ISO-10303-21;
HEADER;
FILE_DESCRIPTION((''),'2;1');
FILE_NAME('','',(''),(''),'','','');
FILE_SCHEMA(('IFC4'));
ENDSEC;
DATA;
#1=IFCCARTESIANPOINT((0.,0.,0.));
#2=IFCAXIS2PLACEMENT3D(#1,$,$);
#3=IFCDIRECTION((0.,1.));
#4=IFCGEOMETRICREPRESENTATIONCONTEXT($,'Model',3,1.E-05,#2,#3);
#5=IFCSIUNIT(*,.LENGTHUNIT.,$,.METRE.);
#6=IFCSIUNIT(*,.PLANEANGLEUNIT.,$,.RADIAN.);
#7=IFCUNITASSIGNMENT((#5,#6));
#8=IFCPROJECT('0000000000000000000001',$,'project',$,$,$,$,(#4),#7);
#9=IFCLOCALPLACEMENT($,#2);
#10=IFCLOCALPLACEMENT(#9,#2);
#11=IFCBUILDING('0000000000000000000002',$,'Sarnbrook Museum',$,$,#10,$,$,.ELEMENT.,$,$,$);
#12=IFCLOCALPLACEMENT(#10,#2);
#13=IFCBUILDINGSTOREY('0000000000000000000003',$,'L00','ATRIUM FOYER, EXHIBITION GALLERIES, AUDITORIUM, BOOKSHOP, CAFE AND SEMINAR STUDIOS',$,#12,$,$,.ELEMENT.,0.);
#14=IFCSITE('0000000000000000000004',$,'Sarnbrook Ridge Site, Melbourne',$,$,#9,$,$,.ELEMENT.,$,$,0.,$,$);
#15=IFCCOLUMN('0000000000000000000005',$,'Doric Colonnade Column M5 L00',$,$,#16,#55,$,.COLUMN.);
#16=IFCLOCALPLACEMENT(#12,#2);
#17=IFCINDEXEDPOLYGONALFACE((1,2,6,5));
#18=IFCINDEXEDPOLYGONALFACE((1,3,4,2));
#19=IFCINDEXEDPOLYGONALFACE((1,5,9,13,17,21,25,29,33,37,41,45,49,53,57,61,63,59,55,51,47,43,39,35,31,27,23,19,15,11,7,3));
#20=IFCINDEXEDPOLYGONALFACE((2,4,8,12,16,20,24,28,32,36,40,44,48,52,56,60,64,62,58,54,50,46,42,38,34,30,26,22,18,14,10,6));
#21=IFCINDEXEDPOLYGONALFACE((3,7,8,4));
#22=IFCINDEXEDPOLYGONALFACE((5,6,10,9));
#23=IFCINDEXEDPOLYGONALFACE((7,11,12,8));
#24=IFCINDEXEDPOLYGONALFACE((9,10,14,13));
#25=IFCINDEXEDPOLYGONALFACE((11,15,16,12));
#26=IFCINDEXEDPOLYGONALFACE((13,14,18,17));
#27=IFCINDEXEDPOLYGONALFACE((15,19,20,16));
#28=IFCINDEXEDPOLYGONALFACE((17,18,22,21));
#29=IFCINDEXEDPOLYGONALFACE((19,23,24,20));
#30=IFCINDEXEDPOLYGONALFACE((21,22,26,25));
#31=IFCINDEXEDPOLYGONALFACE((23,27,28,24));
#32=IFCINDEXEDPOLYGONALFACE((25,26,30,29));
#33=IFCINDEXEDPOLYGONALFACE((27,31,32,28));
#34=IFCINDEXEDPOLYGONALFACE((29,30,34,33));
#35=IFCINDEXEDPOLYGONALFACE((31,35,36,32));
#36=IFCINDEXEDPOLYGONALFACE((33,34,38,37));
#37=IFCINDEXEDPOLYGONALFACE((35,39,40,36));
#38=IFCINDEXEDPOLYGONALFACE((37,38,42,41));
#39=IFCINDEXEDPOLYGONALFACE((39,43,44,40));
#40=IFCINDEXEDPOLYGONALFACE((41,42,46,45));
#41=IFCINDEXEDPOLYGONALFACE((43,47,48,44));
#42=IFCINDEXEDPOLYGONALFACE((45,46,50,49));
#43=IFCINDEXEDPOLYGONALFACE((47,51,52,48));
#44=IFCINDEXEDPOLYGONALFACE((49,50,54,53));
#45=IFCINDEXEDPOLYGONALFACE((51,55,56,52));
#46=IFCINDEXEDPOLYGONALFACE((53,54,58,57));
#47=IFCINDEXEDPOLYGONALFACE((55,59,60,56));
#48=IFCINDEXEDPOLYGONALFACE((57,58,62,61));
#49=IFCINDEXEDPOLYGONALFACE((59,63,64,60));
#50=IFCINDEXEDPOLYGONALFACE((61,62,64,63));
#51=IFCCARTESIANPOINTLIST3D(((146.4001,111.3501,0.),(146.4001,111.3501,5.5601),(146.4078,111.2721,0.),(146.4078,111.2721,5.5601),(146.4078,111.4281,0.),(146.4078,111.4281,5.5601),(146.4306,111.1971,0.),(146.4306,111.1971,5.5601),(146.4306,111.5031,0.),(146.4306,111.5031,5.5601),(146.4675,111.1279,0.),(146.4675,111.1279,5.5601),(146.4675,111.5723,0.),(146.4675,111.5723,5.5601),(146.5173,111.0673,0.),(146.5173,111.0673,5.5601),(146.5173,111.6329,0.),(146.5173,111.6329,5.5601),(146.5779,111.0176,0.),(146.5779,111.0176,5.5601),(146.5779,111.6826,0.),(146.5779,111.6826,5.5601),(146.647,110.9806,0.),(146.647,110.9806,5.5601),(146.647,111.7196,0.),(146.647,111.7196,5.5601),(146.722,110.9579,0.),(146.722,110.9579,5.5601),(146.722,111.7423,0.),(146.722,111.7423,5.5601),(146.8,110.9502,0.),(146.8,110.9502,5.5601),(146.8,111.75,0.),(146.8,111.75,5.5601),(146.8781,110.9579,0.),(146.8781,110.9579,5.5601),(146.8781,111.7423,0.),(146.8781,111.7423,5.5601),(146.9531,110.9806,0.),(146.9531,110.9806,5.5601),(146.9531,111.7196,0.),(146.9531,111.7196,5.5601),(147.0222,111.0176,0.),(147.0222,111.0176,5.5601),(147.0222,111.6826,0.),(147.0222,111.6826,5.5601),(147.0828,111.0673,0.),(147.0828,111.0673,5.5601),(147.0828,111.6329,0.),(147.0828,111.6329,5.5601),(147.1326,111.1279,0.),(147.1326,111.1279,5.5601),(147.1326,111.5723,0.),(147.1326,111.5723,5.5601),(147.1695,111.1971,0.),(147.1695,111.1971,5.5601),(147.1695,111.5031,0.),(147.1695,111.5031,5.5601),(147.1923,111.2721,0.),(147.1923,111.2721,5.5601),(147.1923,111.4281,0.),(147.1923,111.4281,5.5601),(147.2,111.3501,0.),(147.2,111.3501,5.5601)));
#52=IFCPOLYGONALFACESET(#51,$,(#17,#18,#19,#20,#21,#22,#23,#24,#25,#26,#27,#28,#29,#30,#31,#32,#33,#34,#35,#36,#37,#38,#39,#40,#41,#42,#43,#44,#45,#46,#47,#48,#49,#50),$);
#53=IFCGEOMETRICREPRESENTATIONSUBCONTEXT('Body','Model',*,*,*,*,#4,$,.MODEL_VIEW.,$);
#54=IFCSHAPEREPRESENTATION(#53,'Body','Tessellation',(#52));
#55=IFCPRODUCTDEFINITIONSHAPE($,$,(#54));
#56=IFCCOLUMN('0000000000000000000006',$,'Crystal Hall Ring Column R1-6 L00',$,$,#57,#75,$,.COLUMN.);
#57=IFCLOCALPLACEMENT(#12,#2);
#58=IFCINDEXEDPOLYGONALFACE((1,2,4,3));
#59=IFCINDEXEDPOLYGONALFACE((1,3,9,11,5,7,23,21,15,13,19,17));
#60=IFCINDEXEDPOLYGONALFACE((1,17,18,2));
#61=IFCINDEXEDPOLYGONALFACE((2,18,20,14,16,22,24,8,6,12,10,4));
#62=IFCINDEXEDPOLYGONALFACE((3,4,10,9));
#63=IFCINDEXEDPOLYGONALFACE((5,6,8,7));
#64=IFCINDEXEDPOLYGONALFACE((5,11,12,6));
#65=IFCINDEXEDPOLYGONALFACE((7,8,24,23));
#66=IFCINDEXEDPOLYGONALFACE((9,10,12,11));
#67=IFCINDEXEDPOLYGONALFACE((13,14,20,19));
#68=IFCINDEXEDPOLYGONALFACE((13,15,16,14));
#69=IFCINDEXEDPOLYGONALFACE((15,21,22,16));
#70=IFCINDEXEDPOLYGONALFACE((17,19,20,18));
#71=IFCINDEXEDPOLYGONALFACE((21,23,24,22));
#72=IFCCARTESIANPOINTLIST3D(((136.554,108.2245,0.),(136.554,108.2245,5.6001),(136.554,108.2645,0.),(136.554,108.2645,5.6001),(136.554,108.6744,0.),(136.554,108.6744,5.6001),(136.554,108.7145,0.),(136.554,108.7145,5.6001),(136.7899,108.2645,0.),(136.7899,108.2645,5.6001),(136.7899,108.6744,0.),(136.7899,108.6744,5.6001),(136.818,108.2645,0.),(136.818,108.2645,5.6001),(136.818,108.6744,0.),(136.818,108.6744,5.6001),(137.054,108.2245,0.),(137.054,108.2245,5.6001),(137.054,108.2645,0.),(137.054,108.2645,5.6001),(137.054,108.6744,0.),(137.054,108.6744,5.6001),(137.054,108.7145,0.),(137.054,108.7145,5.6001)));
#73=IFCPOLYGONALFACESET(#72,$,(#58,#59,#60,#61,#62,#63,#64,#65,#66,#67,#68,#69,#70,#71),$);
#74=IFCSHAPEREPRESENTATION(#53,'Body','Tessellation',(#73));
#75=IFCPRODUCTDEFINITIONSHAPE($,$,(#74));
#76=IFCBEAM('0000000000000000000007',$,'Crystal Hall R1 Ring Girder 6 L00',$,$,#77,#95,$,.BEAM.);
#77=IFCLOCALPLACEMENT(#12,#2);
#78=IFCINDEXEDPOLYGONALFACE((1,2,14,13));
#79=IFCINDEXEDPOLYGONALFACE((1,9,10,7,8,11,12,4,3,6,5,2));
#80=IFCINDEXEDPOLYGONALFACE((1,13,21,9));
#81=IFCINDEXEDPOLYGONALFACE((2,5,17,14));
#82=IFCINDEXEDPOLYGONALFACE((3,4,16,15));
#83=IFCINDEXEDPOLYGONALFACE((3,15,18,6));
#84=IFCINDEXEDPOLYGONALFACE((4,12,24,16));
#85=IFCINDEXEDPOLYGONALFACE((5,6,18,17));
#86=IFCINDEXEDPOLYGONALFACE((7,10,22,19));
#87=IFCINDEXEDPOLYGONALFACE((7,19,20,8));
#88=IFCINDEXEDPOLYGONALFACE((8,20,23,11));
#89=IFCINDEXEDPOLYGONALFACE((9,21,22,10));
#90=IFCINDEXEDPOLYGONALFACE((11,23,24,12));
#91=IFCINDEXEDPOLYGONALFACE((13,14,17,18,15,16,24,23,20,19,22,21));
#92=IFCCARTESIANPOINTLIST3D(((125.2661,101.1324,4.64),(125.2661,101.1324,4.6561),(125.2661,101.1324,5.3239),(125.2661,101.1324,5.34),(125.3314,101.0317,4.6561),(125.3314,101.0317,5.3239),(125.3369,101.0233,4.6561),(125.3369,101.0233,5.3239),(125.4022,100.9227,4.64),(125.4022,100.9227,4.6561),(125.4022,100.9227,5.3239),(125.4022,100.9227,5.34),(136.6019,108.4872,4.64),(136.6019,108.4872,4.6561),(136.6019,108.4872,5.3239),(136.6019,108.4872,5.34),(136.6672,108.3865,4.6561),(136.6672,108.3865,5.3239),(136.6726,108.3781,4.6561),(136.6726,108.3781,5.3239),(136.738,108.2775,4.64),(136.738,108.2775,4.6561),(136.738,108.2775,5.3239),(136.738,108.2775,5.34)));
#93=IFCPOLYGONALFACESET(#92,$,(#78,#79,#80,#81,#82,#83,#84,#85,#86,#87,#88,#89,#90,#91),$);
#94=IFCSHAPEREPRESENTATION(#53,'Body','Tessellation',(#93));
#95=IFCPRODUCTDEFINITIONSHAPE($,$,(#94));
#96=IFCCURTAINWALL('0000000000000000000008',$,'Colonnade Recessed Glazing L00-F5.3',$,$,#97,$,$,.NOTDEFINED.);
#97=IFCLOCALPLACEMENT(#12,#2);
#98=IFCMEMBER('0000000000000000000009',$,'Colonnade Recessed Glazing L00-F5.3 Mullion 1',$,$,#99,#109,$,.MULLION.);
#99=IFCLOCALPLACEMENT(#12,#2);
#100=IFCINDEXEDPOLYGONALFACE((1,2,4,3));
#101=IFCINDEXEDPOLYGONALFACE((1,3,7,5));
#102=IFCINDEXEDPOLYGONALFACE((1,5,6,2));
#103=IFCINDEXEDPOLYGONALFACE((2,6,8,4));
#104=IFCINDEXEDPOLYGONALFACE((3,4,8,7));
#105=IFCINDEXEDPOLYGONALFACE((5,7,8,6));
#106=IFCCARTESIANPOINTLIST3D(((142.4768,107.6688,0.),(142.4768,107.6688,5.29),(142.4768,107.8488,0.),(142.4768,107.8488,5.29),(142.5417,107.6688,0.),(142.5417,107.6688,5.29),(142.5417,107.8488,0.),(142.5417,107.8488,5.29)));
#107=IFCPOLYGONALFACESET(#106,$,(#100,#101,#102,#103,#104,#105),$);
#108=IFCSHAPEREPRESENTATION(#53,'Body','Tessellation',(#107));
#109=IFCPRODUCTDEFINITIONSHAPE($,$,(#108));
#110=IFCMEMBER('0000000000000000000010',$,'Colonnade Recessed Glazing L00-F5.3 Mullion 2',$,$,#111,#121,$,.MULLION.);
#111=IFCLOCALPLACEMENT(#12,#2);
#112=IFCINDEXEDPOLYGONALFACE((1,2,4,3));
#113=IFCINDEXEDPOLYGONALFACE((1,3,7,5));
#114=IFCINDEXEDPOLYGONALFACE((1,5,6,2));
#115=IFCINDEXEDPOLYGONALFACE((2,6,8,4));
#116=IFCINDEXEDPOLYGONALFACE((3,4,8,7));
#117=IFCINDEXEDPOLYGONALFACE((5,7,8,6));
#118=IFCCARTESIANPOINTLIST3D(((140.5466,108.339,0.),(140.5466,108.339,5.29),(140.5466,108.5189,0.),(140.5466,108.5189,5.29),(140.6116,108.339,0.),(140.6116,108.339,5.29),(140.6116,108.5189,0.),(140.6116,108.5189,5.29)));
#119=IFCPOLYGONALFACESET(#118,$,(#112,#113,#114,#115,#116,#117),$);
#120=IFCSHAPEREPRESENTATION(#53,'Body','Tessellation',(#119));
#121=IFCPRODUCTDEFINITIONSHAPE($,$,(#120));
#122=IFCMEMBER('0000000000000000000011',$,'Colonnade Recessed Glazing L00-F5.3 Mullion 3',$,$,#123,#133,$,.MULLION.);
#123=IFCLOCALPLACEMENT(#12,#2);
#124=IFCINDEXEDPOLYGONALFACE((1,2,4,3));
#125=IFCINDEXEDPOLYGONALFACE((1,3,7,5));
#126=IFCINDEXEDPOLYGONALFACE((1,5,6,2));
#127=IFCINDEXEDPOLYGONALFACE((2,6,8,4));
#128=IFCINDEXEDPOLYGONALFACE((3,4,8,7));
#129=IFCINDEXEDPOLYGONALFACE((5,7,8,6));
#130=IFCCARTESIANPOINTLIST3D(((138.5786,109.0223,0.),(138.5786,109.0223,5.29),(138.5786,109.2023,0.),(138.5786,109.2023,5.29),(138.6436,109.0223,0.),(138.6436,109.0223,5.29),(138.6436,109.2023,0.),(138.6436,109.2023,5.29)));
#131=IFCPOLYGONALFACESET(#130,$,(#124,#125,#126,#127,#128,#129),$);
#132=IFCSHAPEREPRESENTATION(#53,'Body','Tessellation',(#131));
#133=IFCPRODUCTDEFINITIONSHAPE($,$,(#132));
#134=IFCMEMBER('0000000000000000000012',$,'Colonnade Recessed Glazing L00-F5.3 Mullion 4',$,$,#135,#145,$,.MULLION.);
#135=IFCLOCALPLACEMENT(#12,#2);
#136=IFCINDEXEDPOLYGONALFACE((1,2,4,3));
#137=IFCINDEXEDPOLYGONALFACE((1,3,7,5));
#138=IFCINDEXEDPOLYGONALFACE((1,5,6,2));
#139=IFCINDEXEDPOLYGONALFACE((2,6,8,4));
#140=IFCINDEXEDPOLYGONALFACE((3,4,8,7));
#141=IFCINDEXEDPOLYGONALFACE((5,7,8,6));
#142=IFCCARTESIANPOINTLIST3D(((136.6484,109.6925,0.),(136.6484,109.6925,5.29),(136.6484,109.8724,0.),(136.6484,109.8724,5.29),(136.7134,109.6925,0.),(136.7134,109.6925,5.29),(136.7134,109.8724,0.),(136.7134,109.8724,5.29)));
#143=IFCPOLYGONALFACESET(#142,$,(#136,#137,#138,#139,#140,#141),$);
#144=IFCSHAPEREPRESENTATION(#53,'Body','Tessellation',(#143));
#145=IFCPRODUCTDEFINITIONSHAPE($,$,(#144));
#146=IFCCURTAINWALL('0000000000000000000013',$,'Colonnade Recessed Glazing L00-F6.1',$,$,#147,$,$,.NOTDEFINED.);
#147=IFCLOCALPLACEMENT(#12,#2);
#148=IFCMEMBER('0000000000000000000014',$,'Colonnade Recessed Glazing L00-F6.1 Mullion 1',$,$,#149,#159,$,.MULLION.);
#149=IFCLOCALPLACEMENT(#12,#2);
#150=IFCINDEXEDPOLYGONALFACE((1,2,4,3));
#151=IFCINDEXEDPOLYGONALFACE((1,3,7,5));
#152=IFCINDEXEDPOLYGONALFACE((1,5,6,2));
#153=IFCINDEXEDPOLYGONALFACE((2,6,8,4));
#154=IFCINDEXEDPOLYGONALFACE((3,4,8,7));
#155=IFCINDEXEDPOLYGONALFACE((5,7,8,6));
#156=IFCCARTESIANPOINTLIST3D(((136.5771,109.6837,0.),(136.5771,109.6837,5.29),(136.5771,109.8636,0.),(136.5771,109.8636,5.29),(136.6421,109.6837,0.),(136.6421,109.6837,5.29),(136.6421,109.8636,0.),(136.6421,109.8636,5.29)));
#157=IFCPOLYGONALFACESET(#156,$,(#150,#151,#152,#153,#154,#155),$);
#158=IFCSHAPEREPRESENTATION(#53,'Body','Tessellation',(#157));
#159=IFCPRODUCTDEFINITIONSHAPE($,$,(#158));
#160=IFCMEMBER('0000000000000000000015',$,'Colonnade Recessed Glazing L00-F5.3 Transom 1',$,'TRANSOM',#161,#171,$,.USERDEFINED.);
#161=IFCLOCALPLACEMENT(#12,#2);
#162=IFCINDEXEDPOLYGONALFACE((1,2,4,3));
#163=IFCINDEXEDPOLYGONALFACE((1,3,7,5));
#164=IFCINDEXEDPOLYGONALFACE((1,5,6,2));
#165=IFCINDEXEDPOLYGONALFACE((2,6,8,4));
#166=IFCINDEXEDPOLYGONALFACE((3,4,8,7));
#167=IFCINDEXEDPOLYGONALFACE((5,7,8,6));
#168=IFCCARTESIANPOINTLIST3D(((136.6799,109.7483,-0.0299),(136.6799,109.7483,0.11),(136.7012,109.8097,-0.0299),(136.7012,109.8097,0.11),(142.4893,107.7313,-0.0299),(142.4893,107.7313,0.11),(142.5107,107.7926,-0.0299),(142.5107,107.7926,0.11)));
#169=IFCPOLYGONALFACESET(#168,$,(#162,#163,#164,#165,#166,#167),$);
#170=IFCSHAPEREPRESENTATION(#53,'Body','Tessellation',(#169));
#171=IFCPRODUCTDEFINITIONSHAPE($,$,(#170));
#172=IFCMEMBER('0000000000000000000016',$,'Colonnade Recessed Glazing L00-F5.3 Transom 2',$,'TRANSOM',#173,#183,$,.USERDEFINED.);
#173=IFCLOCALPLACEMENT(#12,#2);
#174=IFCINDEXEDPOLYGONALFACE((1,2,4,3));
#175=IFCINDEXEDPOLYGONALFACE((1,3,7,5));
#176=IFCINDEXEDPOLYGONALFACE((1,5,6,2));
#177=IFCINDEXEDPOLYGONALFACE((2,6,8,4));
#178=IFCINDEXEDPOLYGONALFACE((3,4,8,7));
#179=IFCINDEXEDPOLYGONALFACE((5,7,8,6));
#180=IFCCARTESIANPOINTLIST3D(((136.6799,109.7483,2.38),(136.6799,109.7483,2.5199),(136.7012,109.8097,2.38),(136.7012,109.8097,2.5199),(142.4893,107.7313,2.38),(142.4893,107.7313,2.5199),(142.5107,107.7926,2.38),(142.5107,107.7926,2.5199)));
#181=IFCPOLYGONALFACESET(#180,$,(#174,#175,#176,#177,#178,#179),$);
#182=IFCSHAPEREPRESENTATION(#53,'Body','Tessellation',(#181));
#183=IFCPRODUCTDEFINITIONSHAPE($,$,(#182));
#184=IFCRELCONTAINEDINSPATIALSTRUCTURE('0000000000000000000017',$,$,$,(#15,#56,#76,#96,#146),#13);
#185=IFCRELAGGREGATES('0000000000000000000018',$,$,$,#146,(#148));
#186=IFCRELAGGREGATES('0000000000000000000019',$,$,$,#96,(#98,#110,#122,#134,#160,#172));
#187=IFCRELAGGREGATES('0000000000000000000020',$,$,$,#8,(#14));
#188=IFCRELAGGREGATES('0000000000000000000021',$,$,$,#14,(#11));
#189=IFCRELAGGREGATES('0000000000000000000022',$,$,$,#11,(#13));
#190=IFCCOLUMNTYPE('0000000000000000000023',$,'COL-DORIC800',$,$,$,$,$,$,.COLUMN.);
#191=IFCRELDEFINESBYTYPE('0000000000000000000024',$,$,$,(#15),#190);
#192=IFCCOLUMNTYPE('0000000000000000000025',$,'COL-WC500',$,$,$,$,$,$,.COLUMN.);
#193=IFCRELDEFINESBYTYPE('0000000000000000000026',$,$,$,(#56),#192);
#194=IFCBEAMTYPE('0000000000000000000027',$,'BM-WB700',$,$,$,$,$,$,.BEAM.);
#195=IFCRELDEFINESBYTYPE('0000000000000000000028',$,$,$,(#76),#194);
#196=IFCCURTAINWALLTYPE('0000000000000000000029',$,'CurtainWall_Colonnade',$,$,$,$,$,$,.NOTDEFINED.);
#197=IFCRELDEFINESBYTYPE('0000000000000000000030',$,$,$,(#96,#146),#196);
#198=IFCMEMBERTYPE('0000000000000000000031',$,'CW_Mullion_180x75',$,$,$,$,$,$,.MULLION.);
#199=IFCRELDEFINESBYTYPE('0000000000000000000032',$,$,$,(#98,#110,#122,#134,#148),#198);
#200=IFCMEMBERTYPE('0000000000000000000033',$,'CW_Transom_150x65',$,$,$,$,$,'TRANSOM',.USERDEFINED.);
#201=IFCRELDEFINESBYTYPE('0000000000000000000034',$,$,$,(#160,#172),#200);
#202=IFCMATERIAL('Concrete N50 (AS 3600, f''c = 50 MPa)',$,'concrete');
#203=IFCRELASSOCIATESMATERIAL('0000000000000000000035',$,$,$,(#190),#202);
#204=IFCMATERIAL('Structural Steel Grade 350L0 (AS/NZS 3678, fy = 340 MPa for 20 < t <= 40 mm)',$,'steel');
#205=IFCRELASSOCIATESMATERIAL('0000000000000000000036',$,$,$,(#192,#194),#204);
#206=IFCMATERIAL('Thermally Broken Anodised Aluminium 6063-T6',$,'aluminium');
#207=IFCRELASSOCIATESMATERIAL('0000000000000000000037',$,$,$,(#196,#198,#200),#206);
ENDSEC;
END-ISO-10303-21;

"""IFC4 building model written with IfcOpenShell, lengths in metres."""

from ifc_helpers import new_model, si_unit, direction, frame, origin, origin_2d, place, context, subcontext, project, spatial, rectangle, circle, i_section, extrude, material, material_profile, profile_set, type_object, element, aggregate, save


model = new_model("IFC4")

# Units and contexts
model_context = context("Model", 3, precision=1e-05, world=origin(), true_north=direction((0.0, 1.0)))
body_context = subcontext(model_context, "Body", "Model", "MODEL_VIEW")
ifc_project = project(units=[si_unit("LENGTHUNIT", "METRE"), si_unit("PLANEANGLEUNIT", "RADIAN")], contexts=[model_context])

# Site, building, storey
site_placement = place(None, origin())
site = spatial("IfcSite", under=ifc_project, at=site_placement, Name="Sarnbrook Ridge Site, Melbourne", CompositionType="ELEMENT", RefElevation=0.0)
building_placement = place(site_placement, origin())
building = spatial("IfcBuilding", under=site, at=building_placement, Name="Sarnbrook Museum", CompositionType="ELEMENT")
storey_placement = place(building_placement, origin())
storey = spatial("IfcBuildingStorey", under=building, at=storey_placement, Name="L00", Description="ATRIUM FOYER, EXHIBITION GALLERIES, AUDITORIUM, BOOKSHOP, CAFE AND SEMINAR STUDIOS", CompositionType="ELEMENT", Elevation=0.0)

# Columns
ifc_material_1 = material(Name="Concrete N50 (AS 3600, f'c = 50 MPa)", Category="concrete")
ifc_material_profile_1 = material_profile(ifc_material_1, circle(Radius=0.3999, at=origin_2d()), Name="DORIC D800")
ifc_profile_set_1 = profile_set([ifc_material_profile_1], Name="Concrete N50 (AS 3600, f'c = 50 MPa)")
column_type_1 = type_object("IfcColumnType", Name="COL-DORIC800", PredefinedType="COLUMN", material=ifc_profile_set_1)
column_1_placement = place(storey_placement, frame((146.8, 111.3501, 0.0), z_axis=(0.0, 0.0, 1.0), x_axis=(1.0, 0.0, 0.0)))
element("IfcColumn", 1, at=column_1_placement, inside=storey, type_object=column_type_1, Name="Doric Colonnade Column M5 L00", PredefinedType="COLUMN", context=body_context, shape_type="SweptSolid", body=[
    extrude(circle(Radius=0.3999, at=origin_2d()), origin(), (0.0, 0.0, 1.0), 5.5601),
])
ifc_material_2 = material(Name="Structural Steel Grade 350L0 (AS/NZS 3678, fy = 340 MPa for 20 < t <= 40 mm)", Category="steel")
ifc_material_profile_2 = material_profile(ifc_material_2, i_section(OverallWidth=0.5, OverallDepth=0.49, WebThickness=0.0281, FlangeThickness=0.04, at=origin_2d()), Name="500WC340")
ifc_profile_set_2 = profile_set([ifc_material_profile_2], Name="Structural Steel Grade 350L0 (AS/NZS 3678, fy = 340 MPa for 20 < t <= 40 mm)")
column_type_2 = type_object("IfcColumnType", Name="COL-WC500", PredefinedType="COLUMN", material=ifc_profile_set_2)
column_2_placement = place(storey_placement, frame((136.804, 108.4695, 0.0), z_axis=(0.0, 0.0, 1.0), x_axis=(1.0, 0.0, 0.0)))
element("IfcColumn", 2, at=column_2_placement, inside=storey, type_object=column_type_2, Name="Crystal Hall Ring Column R1-6 L00", PredefinedType="COLUMN", context=body_context, shape_type="SweptSolid", body=[
    extrude(i_section(OverallWidth=0.5, OverallDepth=0.49, WebThickness=0.0281, FlangeThickness=0.04, at=origin_2d()), origin(), (0.0, 0.0, 1.0), 5.6001),
])

# Beam
ifc_material_profile_3 = material_profile(ifc_material_2, i_section(OverallWidth=0.25, OverallDepth=0.7, WebThickness=0.01, FlangeThickness=0.0161, at=origin_2d()), Name="700WB130")
ifc_profile_set_3 = profile_set([ifc_material_profile_3], Name="Structural Steel Grade 350L0 (AS/NZS 3678, fy = 340 MPa for 20 < t <= 40 mm)")
beam_type = type_object("IfcBeamType", Name="BM-WB700", PredefinedType="BEAM", material=ifc_profile_set_3)
beam_placement = place(storey_placement, frame((136.6699, 108.3823, 4.99), z_axis=(-0.838899, -0.544288, 0.0), x_axis=(0.544288, -0.838899, 0.0)))
element("IfcBeam", 3, at=beam_placement, inside=storey, type_object=beam_type, Name="Crystal Hall R1 Ring Girder 6 L00", PredefinedType="BEAM", context=body_context, shape_type="SweptSolid", body=[
    extrude(i_section(OverallWidth=0.25, OverallDepth=0.7, WebThickness=0.01, FlangeThickness=0.0161, at=origin_2d()), origin(), (0.0, 0.0, 1.0), 13.5127),
])

# Curtain wall, members
ifc_material_3 = material(Name="Thermally Broken Anodised Aluminium 6063-T6", Category="aluminium")
curtain_wall_type = type_object("IfcCurtainWallType", Name="CurtainWall_Colonnade", PredefinedType="NOTDEFINED", material=ifc_material_3)
curtain_wall_1_placement = place(storey_placement, origin())
curtain_wall_1 = element("IfcCurtainWall", 4, at=curtain_wall_1_placement, inside=storey, type_object=curtain_wall_type, Name="Colonnade Recessed Glazing L00-F5.3", PredefinedType="NOTDEFINED")
ifc_material_profile_4 = material_profile(ifc_material_3, rectangle(XDim=0.0649, YDim=0.1799, at=origin_2d()), Name="ALU MULLION 65x180")
ifc_profile_set_4 = profile_set([ifc_material_profile_4], Name="Thermally Broken Anodised Aluminium 6063-T6")
member_type_1 = type_object("IfcMemberType", Name="CW_Mullion_180x75", PredefinedType="MULLION", material=ifc_profile_set_4)
member_1_placement = place(storey_placement, frame((142.5093, 107.7588, 0.0), z_axis=(0.0, 0.0, 1.0), x_axis=(1.0, 0.0, 0.0)))
member_1 = element("IfcMember", 5, at=member_1_placement, type_object=member_type_1, Name="Colonnade Recessed Glazing L00-F5.3 Mullion 1", PredefinedType="MULLION", context=body_context, shape_type="SweptSolid", body=[
    extrude(rectangle(XDim=0.0649, YDim=0.1799, at=origin_2d()), origin(), (0.0, 0.0, 1.0), 5.29),
])
member_2_placement = place(storey_placement, frame((140.5791, 108.429, 0.0), z_axis=(0.0, 0.0, 1.0), x_axis=(1.0, 0.0, 0.0)))
member_2 = element("IfcMember", 6, at=member_2_placement, type_object=member_type_1, Name="Colonnade Recessed Glazing L00-F5.3 Mullion 2", PredefinedType="MULLION", context=body_context, shape_type="SweptSolid", body=[
    extrude(rectangle(XDim=0.0649, YDim=0.1799, at=origin_2d()), origin(), (0.0, 0.0, 1.0), 5.29),
])
member_3_placement = place(storey_placement, frame((138.6111, 109.1123, 0.0), z_axis=(0.0, 0.0, 1.0), x_axis=(1.0, 0.0, 0.0)))
member_3 = element("IfcMember", 7, at=member_3_placement, type_object=member_type_1, Name="Colonnade Recessed Glazing L00-F5.3 Mullion 3", PredefinedType="MULLION", context=body_context, shape_type="SweptSolid", body=[
    extrude(rectangle(XDim=0.0649, YDim=0.1799, at=origin_2d()), origin(), (0.0, 0.0, 1.0), 5.29),
])
member_4_placement = place(storey_placement, frame((136.6809, 109.7825, 0.0), z_axis=(0.0, 0.0, 1.0), x_axis=(1.0, 0.0, 0.0)))
member_4 = element("IfcMember", 8, at=member_4_placement, type_object=member_type_1, Name="Colonnade Recessed Glazing L00-F5.3 Mullion 4", PredefinedType="MULLION", context=body_context, shape_type="SweptSolid", body=[
    extrude(rectangle(XDim=0.0649, YDim=0.1799, at=origin_2d()), origin(), (0.0, 0.0, 1.0), 5.29),
])

# Curtain wall, member
curtain_wall_2_placement = place(storey_placement, origin())
curtain_wall_2 = element("IfcCurtainWall", 9, at=curtain_wall_2_placement, inside=storey, type_object=curtain_wall_type, Name="Colonnade Recessed Glazing L00-F6.1", PredefinedType="NOTDEFINED")
member_5_placement = place(storey_placement, frame((136.6096, 109.7737, 0.0), z_axis=(0.0, 0.0, 1.0), x_axis=(1.0, 0.0, 0.0)))
member_5 = element("IfcMember", 10, at=member_5_placement, type_object=member_type_1, Name="Colonnade Recessed Glazing L00-F6.1 Mullion 1", PredefinedType="MULLION", context=body_context, shape_type="SweptSolid", body=[
    extrude(rectangle(XDim=0.0649, YDim=0.1799, at=origin_2d()), origin(), (0.0, 0.0, 1.0), 5.29),
])

# Members
ifc_material_profile_5 = material_profile(ifc_material_3, rectangle(XDim=0.0649, YDim=0.1399, at=origin_2d()), Name="ALU TRANSOM 65x140")
ifc_profile_set_5 = profile_set([ifc_material_profile_5], Name="Thermally Broken Anodised Aluminium 6063-T6")
member_type_2 = type_object("IfcMemberType", Name="CW_Transom_150x65", ElementType="TRANSOM", PredefinedType="USERDEFINED", material=ifc_profile_set_5)
member_6_placement = place(storey_placement, frame((142.5, 107.762, 0.04), z_axis=(-0.94468, 0.327994, 0.0), x_axis=(-0.327994, -0.94468, 0.0)))
member_6 = element("IfcMember", 11, at=member_6_placement, type_object=member_type_2, Name="Colonnade Recessed Glazing L00-F5.3 Transom 1", ObjectType="TRANSOM", PredefinedType="USERDEFINED", context=body_context, shape_type="SweptSolid", body=[
    extrude(rectangle(XDim=0.0649, YDim=0.1399, at=origin_2d()), origin(), (0.0, 0.0, 1.0), 6.1497),
])
member_7_placement = place(storey_placement, frame((142.5, 107.762, 2.45), z_axis=(-0.94468, 0.327994, 0.0), x_axis=(-0.327994, -0.94468, 0.0)))
member_7 = element("IfcMember", 12, at=member_7_placement, type_object=member_type_2, Name="Colonnade Recessed Glazing L00-F5.3 Transom 2", ObjectType="TRANSOM", PredefinedType="USERDEFINED", context=body_context, shape_type="SweptSolid", body=[
    extrude(rectangle(XDim=0.0649, YDim=0.1399, at=origin_2d()), origin(), (0.0, 0.0, 1.0), 6.1497),
])
aggregate(curtain_wall_2, [member_5])

aggregate(curtain_wall_1, [member_1, member_2, member_3, member_4, member_6, member_7])

save(model, "model.ifc")
